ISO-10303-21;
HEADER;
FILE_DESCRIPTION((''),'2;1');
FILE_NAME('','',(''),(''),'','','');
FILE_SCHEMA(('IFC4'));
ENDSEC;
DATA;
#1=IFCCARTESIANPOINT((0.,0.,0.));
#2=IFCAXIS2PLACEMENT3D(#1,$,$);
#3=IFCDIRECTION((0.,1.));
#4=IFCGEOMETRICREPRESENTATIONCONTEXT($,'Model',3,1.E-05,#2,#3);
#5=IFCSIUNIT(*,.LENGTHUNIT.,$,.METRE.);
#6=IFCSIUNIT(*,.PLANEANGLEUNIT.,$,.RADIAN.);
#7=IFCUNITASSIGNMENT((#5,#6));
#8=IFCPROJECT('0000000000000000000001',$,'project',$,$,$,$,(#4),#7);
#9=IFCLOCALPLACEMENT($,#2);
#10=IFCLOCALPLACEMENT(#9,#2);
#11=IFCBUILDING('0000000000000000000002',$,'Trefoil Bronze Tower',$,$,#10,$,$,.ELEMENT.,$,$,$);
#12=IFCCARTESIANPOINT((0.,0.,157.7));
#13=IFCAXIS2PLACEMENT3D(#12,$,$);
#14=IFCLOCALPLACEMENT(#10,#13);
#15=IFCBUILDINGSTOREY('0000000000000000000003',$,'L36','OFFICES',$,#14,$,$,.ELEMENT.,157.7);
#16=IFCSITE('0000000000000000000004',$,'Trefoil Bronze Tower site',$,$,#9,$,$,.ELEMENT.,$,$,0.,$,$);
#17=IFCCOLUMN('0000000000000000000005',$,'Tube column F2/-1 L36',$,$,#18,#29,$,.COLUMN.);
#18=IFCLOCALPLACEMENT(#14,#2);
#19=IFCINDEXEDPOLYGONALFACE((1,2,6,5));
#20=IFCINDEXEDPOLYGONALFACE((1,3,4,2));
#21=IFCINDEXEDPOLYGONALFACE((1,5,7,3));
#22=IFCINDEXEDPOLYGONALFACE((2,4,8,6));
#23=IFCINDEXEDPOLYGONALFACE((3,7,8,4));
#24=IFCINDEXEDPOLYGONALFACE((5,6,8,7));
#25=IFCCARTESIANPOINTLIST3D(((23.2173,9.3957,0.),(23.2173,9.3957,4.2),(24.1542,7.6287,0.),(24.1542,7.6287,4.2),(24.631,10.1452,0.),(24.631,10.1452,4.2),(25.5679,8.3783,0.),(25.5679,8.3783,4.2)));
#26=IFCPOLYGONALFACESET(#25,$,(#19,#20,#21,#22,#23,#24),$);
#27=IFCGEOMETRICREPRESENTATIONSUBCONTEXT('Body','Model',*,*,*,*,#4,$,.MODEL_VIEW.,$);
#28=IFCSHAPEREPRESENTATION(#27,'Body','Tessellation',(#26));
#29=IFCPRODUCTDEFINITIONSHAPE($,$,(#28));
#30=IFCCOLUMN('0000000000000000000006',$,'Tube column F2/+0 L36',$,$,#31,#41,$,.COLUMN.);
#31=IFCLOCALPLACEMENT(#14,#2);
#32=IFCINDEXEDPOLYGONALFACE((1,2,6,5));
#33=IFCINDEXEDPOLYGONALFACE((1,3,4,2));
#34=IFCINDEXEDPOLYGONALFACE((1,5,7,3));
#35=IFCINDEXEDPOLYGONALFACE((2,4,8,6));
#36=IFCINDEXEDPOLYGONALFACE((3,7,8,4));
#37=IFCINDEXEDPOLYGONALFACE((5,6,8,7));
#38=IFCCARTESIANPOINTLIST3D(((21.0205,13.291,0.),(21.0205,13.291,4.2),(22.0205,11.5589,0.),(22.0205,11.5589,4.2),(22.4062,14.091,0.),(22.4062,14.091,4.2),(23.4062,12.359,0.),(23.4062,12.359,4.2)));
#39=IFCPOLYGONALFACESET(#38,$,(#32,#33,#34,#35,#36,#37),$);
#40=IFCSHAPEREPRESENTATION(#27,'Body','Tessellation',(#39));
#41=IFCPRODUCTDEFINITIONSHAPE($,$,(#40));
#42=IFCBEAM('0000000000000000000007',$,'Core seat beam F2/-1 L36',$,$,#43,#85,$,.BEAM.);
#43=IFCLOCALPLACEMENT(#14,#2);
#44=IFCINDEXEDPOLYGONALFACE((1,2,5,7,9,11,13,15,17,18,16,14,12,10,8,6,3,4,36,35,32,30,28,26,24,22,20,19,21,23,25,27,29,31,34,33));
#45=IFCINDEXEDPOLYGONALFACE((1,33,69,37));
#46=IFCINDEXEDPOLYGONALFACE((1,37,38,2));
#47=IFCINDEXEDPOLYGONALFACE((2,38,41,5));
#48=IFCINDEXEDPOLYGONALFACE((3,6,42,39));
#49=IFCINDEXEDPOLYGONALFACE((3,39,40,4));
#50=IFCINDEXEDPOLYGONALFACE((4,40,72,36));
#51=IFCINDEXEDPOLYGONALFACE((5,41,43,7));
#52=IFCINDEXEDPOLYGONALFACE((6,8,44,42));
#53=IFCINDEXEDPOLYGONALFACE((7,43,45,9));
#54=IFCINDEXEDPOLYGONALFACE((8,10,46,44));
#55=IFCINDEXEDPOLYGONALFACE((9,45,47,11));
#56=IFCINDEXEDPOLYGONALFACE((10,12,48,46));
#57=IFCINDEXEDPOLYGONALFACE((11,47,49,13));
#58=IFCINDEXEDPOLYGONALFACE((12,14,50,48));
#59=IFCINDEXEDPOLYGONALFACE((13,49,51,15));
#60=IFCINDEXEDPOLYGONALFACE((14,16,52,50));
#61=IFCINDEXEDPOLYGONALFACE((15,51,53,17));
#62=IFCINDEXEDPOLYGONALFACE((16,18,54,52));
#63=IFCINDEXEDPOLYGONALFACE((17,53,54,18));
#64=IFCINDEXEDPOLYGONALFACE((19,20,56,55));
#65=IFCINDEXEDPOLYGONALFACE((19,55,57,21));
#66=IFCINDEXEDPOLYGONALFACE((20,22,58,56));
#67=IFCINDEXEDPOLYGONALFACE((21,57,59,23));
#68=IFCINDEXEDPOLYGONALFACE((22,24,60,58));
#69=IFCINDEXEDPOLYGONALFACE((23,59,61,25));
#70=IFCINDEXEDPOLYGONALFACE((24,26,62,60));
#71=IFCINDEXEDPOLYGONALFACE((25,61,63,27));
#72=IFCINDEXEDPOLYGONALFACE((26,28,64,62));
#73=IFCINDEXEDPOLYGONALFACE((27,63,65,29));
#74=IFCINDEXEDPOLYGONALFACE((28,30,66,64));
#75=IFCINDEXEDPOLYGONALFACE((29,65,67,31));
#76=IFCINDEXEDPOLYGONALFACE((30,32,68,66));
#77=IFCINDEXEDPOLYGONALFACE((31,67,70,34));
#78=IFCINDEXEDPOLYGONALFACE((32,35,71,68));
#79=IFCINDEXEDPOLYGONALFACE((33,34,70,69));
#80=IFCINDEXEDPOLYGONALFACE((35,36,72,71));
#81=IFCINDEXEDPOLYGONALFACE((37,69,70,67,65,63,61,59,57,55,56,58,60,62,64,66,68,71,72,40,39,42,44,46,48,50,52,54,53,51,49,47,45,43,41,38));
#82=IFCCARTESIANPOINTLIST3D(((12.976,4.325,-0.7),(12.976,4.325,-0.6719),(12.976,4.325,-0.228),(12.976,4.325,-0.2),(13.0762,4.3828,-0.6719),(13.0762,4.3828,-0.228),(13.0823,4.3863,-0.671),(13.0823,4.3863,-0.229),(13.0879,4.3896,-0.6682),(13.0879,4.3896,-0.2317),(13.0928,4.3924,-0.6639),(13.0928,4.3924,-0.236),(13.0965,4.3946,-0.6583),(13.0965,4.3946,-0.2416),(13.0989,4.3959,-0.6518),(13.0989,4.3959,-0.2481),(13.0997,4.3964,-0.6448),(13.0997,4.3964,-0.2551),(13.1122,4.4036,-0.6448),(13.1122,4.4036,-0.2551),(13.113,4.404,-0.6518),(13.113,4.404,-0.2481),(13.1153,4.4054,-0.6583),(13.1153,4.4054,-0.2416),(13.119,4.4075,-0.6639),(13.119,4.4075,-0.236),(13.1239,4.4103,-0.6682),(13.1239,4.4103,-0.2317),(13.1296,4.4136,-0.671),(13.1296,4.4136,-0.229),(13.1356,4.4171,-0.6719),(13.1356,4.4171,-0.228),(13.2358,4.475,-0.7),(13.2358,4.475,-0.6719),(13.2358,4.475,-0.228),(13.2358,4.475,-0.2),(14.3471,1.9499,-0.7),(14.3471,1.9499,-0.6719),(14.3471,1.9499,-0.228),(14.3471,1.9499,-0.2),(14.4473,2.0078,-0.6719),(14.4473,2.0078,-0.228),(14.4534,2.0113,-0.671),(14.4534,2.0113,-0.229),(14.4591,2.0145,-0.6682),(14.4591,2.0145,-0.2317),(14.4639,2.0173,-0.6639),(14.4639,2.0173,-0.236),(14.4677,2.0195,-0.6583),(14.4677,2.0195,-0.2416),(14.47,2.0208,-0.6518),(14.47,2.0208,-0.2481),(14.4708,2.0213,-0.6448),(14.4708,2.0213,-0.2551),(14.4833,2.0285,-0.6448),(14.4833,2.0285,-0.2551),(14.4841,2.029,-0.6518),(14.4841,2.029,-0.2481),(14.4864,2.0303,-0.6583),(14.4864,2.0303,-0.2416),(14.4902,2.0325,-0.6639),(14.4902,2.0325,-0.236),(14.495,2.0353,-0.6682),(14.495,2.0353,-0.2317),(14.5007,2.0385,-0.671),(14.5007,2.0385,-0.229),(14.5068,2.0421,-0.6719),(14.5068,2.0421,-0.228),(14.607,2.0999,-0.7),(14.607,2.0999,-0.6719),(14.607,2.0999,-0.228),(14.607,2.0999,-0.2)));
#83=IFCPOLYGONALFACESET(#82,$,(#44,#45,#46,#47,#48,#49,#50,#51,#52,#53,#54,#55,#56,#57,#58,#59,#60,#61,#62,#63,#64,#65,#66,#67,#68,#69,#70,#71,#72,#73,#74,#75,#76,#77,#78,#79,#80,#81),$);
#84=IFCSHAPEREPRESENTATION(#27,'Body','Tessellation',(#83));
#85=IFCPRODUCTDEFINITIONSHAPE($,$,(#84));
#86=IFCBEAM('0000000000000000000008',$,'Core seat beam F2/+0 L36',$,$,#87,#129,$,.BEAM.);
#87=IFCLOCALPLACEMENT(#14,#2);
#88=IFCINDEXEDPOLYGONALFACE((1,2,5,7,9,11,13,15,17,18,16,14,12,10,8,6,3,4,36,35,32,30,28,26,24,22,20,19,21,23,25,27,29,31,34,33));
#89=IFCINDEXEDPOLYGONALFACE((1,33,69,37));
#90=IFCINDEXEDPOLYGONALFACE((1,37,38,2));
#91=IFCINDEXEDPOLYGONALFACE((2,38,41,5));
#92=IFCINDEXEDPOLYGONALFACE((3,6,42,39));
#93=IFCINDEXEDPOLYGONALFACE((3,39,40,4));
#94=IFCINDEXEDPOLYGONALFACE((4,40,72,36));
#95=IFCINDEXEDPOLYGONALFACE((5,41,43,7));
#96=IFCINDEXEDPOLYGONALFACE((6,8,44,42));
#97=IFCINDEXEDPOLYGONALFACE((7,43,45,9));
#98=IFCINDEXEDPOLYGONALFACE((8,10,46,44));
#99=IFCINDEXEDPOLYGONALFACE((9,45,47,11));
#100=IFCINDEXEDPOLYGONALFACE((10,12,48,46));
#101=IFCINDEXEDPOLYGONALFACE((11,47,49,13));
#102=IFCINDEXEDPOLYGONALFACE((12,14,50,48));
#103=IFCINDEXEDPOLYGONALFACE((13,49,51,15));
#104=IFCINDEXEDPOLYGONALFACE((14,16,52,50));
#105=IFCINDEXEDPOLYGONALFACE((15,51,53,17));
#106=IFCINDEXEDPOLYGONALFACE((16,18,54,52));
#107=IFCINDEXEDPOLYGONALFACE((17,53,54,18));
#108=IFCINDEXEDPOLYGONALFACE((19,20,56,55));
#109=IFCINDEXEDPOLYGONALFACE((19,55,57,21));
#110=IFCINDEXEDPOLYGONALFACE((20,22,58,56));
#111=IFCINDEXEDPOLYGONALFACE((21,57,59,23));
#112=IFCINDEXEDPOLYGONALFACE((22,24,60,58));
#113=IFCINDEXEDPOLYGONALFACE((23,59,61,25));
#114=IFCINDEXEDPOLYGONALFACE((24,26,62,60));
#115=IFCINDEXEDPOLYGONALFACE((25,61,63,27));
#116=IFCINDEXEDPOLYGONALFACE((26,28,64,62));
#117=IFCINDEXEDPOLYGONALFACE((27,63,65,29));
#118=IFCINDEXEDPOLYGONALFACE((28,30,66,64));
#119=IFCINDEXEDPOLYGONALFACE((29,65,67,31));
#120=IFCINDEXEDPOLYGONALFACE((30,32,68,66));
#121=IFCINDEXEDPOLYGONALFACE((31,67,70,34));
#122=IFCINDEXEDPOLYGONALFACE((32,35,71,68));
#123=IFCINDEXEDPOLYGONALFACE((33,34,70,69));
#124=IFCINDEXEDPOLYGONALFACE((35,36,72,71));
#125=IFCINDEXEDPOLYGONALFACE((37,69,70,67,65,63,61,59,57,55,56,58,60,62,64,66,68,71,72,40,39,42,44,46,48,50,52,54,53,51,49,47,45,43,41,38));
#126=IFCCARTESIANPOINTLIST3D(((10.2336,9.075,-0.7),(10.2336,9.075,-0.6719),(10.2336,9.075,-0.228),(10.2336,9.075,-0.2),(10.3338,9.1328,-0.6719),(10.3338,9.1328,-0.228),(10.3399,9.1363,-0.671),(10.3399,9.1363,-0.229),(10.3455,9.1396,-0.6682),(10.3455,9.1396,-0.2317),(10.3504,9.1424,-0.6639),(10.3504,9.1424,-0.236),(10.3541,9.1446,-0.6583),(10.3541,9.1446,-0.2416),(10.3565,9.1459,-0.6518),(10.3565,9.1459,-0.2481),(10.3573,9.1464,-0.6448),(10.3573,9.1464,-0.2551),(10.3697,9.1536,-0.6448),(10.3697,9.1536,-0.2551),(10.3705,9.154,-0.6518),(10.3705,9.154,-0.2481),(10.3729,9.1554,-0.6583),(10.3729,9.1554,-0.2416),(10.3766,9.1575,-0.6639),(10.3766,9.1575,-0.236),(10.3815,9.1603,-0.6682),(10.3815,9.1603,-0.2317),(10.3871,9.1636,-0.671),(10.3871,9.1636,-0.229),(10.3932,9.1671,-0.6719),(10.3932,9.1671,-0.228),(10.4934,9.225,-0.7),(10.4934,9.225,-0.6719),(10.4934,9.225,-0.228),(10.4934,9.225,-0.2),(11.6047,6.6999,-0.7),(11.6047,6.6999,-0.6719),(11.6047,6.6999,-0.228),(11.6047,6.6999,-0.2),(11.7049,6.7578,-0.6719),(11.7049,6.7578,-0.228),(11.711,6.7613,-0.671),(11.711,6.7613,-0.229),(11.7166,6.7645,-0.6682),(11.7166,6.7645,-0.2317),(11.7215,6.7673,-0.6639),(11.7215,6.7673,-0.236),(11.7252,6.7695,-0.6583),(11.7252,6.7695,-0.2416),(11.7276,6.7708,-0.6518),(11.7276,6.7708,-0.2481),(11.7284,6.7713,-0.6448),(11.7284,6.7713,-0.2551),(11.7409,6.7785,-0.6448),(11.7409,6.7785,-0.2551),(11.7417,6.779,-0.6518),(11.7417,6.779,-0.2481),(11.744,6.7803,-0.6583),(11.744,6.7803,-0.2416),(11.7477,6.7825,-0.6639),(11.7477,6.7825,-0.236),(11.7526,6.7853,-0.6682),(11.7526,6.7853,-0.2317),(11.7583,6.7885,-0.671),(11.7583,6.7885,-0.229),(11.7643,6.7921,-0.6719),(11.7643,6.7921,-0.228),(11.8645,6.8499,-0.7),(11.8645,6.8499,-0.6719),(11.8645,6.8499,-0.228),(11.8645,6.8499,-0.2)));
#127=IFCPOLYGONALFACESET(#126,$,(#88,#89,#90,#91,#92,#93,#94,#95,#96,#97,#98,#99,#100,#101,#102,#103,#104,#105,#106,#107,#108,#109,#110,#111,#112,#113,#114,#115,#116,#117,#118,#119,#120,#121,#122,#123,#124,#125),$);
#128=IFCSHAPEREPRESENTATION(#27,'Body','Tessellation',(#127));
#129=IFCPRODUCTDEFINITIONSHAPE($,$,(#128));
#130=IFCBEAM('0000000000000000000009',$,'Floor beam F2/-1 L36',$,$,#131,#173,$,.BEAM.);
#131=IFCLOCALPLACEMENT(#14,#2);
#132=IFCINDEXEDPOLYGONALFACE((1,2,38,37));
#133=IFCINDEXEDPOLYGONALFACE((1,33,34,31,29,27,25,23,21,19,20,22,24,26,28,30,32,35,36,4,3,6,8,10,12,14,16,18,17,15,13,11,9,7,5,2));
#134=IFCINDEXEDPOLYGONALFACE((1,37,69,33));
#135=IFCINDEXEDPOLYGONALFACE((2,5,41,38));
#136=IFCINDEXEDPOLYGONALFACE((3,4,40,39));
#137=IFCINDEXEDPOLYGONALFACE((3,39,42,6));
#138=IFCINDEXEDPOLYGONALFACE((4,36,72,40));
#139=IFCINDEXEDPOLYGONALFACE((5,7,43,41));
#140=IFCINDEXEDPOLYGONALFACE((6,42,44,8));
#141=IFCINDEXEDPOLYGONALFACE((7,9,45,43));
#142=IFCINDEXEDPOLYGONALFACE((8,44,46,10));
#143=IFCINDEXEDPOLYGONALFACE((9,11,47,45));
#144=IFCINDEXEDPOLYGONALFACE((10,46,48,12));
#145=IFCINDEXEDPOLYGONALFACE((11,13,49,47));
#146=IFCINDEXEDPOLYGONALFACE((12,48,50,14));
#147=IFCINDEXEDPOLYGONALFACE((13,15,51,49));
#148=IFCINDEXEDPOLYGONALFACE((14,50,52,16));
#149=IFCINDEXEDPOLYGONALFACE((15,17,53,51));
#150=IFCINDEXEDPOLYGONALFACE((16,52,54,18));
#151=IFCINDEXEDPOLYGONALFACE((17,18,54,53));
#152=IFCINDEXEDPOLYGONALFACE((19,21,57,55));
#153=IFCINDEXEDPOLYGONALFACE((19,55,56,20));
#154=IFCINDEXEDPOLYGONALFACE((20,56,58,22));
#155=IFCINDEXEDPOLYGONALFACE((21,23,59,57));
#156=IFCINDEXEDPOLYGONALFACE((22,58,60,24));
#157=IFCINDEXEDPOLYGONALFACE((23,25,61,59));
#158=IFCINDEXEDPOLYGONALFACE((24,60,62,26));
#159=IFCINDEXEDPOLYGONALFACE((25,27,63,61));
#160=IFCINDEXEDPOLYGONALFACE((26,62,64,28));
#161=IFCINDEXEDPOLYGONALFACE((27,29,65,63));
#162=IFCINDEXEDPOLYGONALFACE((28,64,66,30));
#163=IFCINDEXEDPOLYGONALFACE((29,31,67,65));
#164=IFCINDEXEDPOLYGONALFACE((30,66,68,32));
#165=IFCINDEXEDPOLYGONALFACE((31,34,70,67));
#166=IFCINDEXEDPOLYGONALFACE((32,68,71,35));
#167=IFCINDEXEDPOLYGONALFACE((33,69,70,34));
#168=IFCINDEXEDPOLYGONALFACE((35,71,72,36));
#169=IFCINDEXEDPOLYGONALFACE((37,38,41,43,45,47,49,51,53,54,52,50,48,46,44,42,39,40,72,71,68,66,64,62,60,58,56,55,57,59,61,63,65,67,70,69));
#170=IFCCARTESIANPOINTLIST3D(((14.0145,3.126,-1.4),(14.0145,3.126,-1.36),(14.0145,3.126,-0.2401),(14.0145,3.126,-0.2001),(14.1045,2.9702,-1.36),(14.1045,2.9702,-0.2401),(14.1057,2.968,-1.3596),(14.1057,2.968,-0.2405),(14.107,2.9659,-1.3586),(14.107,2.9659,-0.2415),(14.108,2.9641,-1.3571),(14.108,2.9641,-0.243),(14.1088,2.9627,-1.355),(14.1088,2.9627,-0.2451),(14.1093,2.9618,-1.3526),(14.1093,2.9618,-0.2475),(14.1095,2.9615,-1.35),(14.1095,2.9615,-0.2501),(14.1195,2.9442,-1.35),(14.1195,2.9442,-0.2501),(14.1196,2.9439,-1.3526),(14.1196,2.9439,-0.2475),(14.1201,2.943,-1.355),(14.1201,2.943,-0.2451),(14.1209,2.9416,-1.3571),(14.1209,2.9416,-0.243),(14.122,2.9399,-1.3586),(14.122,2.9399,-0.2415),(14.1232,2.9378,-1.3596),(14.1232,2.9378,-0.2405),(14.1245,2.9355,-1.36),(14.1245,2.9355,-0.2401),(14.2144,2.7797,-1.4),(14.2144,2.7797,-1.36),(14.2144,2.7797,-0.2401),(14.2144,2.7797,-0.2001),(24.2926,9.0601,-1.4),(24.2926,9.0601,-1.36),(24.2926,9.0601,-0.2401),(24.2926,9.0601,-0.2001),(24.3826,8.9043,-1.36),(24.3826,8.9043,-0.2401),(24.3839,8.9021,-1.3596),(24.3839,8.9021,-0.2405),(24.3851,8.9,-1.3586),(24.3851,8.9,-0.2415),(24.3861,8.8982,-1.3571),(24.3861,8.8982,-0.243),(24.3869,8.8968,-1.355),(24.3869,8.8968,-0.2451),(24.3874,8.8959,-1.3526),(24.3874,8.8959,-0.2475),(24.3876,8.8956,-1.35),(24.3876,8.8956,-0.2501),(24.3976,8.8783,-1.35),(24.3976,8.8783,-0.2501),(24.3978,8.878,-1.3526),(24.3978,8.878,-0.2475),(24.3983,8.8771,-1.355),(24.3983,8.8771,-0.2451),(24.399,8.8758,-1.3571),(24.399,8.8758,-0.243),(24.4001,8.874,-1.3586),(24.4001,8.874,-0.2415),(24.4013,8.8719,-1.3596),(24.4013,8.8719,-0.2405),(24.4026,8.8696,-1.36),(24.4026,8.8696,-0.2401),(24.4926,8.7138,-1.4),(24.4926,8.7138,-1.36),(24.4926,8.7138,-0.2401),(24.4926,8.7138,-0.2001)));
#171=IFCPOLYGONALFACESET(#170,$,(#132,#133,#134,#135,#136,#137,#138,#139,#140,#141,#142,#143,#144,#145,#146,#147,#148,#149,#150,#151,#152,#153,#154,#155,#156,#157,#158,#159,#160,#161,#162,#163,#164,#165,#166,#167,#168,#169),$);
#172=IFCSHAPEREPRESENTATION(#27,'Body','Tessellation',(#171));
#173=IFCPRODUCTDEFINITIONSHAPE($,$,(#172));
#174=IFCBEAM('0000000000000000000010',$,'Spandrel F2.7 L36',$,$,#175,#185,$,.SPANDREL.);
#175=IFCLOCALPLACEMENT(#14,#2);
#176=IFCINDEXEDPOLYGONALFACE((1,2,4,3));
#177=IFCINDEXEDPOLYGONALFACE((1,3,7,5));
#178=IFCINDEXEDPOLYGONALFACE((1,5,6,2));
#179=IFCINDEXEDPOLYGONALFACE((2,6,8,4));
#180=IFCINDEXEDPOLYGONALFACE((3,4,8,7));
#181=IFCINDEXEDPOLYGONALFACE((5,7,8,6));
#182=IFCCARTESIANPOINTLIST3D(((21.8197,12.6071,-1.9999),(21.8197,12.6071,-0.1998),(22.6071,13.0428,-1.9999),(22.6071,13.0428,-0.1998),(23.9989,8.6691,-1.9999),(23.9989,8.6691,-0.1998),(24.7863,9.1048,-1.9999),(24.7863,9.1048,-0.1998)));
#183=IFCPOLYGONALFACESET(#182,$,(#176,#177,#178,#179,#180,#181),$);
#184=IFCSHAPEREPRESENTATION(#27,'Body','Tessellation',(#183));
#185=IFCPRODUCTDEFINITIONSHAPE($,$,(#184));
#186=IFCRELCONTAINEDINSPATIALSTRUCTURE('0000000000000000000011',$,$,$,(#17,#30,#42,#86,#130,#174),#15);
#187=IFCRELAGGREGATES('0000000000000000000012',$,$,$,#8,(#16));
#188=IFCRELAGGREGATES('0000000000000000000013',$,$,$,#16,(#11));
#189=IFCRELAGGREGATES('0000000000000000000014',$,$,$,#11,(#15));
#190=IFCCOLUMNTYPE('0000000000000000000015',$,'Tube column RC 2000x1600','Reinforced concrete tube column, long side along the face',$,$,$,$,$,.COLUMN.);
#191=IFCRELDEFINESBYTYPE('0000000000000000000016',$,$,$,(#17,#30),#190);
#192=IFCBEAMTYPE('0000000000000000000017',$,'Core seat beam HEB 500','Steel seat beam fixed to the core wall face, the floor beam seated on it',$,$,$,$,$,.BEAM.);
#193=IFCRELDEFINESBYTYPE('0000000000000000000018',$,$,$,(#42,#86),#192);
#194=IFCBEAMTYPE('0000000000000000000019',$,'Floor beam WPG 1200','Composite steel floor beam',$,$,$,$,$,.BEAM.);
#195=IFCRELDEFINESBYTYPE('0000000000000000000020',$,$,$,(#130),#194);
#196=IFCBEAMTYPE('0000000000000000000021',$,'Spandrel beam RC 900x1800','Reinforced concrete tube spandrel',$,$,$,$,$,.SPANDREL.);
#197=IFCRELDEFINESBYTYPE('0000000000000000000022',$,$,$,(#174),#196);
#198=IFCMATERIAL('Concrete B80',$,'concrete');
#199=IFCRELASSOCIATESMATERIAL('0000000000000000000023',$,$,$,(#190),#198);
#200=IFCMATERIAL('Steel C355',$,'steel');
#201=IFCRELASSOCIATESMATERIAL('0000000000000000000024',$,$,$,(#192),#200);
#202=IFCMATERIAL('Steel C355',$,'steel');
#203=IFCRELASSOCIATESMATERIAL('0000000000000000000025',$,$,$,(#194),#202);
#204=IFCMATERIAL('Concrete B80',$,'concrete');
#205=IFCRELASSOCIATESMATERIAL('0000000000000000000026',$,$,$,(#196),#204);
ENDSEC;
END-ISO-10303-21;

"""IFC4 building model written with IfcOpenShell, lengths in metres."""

from ifc_helpers import new_model, si_unit, direction, frame, origin, origin_2d, place, context, subcontext, project, spatial, rectangle, i_section, extrude, material, material_profile, profile_set, type_object, element, save


model = new_model("IFC4")

# Units and contexts
model_context = context("Model", 3, precision=1e-05, world=origin(), true_north=direction((0.0, 1.0)))
body_context = subcontext(model_context, "Body", "Model", "MODEL_VIEW")
ifc_project = project(units=[si_unit("LENGTHUNIT", "METRE"), si_unit("PLANEANGLEUNIT", "RADIAN")], contexts=[model_context])

# Site, building, storey
site_placement = place(None, origin())
site = spatial("IfcSite", under=ifc_project, at=site_placement, Name="Trefoil Bronze Tower site", CompositionType="ELEMENT", RefElevation=0.0)
building_placement = place(site_placement, origin())
building = spatial("IfcBuilding", under=site, at=building_placement, Name="Trefoil Bronze Tower", CompositionType="ELEMENT")
storey_placement = place(building_placement, frame((0.0, 0.0, 157.7)))
storey = spatial("IfcBuildingStorey", under=building, at=storey_placement, Name="L36", Description="OFFICES", CompositionType="ELEMENT", Elevation=157.7)

# Columns
ifc_material_1 = material(Name="Concrete B80", Category="concrete")
ifc_material_profile_1 = material_profile(ifc_material_1, rectangle(XDim=2.0, YDim=1.6001, at=origin_2d()), Name="RC 2000x1600")
ifc_profile_set_1 = profile_set([ifc_material_profile_1], Name="Concrete B80")
column_type = type_object("IfcColumnType", Name="Tube column RC 2000x1600", Description="Reinforced concrete tube column, long side along the face", PredefinedType="COLUMN", material=ifc_profile_set_1)
for number, where, z_axis, x_axis, name in (
    (1, (24.3926, 8.887, 0.0), (0.0, 0.0, 1.0), (-0.468457, 0.883486, 0.0), "Tube column F2/-1 L36"),
    (2, (22.2134, 12.825, 0.0), (0.0, 0.0, 1.0), (-0.5, 0.866025, 0.0), "Tube column F2/+0 L36"),
):
    element("IfcColumn", number, at=place(storey_placement, frame(where, z_axis=z_axis, x_axis=x_axis)), inside=storey, type_object=column_type, Name=name, PredefinedType="COLUMN", context=body_context, shape_type="SweptSolid", body=[
        extrude(rectangle(XDim=2.0, YDim=1.6001, at=origin_2d()), origin(), (0.0, 0.0, 1.0), 4.2),
    ])

# Beams
ifc_material_2 = material(Name="Steel C355", Category="steel")
ifc_material_profile_2 = material_profile(ifc_material_2, i_section(OverallWidth=0.3, OverallDepth=0.5, WebThickness=0.0144, FlangeThickness=0.0281, FilletRadius=0.0271, at=origin_2d()), Name="HEB 500")
ifc_profile_set_2 = profile_set([ifc_material_profile_2], Name="Steel C355")
beam_type_1 = type_object("IfcBeamType", Name="Core seat beam HEB 500", Description="Steel seat beam fixed to the core wall face, the floor beam seated on it", PredefinedType="BEAM", material=ifc_profile_set_2)
for number, where, z_axis, x_axis, name in (
    (3, (14.4771, 2.0249, -0.45), (-0.499969, 0.866043, 0.0), (-0.866043, -0.499969, 0.0), "Core seat beam F2/-1 L36"),
    (4, (11.7346, 6.7749, -0.45), (-0.499969, 0.866043, 0.0), (-0.866043, -0.499969, 0.0), "Core seat beam F2/+0 L36"),
):
    element("IfcBeam", number, at=place(storey_placement, frame(where, z_axis=z_axis, x_axis=x_axis)), inside=storey, type_object=beam_type_1, Name=name, PredefinedType="BEAM", context=body_context, shape_type="SweptSolid", body=[
        extrude(i_section(OverallWidth=0.3, OverallDepth=0.5, WebThickness=0.0144, FlangeThickness=0.0281, FilletRadius=0.0271, at=origin_2d()), origin(), (0.0, 0.0, 1.0), 2.7424),
    ])
ifc_material_3 = material(Name="Steel C355", Category="steel")
ifc_material_profile_3 = material_profile(ifc_material_3, i_section(OverallWidth=0.3999, OverallDepth=1.2, WebThickness=0.02, FlangeThickness=0.04, FilletRadius=0.01, at=origin_2d()), Name="WPG 1200")
ifc_profile_set_3 = profile_set([ifc_material_profile_3], Name="Steel C355")
beam_type_2 = type_object("IfcBeamType", Name="Floor beam WPG 1200", Description="Composite steel floor beam", PredefinedType="BEAM", material=ifc_profile_set_3)
beam_1_placement = place(storey_placement, frame((24.3926, 8.887, -0.8), z_axis=(-0.866024, -0.500002, 0.0), x_axis=(0.500002, -0.866024, 0.0)))
element("IfcBeam", 5, at=beam_1_placement, inside=storey, type_object=beam_type_2, Name="Floor beam F2/-1 L36", PredefinedType="BEAM", context=body_context, shape_type="SweptSolid", body=[
    extrude(i_section(OverallWidth=0.3999, OverallDepth=1.2, WebThickness=0.02, FlangeThickness=0.04, FilletRadius=0.01, at=origin_2d()), origin(), (0.0, 0.0, 1.0), 11.8682),
])
ifc_material_4 = material(Name="Concrete B80", Category="concrete")
ifc_material_profile_4 = material_profile(ifc_material_4, rectangle(XDim=0.8999, YDim=1.8, at=origin_2d()), Name="RC 900x1800")
ifc_profile_set_4 = profile_set([ifc_material_profile_4], Name="Concrete B80")
beam_type_3 = type_object("IfcBeamType", Name="Spandrel beam RC 900x1800", Description="Reinforced concrete tube spandrel", PredefinedType="SPANDREL", material=ifc_profile_set_4)
beam_2_placement = place(storey_placement, frame((24.3926, 8.887, -1.0999), z_axis=(-0.484187, 0.874965, 0.0), x_axis=(-0.874965, -0.484187, 0.0)))
element("IfcBeam", 6, at=beam_2_placement, inside=storey, type_object=beam_type_3, Name="Spandrel F2.7 L36", PredefinedType="SPANDREL", context=body_context, shape_type="SweptSolid", body=[
    extrude(rectangle(XDim=0.8999, YDim=1.8, at=origin_2d()), origin(), (0.0, 0.0, 1.0), 4.5007),
])

save(model, "model.ifc")
